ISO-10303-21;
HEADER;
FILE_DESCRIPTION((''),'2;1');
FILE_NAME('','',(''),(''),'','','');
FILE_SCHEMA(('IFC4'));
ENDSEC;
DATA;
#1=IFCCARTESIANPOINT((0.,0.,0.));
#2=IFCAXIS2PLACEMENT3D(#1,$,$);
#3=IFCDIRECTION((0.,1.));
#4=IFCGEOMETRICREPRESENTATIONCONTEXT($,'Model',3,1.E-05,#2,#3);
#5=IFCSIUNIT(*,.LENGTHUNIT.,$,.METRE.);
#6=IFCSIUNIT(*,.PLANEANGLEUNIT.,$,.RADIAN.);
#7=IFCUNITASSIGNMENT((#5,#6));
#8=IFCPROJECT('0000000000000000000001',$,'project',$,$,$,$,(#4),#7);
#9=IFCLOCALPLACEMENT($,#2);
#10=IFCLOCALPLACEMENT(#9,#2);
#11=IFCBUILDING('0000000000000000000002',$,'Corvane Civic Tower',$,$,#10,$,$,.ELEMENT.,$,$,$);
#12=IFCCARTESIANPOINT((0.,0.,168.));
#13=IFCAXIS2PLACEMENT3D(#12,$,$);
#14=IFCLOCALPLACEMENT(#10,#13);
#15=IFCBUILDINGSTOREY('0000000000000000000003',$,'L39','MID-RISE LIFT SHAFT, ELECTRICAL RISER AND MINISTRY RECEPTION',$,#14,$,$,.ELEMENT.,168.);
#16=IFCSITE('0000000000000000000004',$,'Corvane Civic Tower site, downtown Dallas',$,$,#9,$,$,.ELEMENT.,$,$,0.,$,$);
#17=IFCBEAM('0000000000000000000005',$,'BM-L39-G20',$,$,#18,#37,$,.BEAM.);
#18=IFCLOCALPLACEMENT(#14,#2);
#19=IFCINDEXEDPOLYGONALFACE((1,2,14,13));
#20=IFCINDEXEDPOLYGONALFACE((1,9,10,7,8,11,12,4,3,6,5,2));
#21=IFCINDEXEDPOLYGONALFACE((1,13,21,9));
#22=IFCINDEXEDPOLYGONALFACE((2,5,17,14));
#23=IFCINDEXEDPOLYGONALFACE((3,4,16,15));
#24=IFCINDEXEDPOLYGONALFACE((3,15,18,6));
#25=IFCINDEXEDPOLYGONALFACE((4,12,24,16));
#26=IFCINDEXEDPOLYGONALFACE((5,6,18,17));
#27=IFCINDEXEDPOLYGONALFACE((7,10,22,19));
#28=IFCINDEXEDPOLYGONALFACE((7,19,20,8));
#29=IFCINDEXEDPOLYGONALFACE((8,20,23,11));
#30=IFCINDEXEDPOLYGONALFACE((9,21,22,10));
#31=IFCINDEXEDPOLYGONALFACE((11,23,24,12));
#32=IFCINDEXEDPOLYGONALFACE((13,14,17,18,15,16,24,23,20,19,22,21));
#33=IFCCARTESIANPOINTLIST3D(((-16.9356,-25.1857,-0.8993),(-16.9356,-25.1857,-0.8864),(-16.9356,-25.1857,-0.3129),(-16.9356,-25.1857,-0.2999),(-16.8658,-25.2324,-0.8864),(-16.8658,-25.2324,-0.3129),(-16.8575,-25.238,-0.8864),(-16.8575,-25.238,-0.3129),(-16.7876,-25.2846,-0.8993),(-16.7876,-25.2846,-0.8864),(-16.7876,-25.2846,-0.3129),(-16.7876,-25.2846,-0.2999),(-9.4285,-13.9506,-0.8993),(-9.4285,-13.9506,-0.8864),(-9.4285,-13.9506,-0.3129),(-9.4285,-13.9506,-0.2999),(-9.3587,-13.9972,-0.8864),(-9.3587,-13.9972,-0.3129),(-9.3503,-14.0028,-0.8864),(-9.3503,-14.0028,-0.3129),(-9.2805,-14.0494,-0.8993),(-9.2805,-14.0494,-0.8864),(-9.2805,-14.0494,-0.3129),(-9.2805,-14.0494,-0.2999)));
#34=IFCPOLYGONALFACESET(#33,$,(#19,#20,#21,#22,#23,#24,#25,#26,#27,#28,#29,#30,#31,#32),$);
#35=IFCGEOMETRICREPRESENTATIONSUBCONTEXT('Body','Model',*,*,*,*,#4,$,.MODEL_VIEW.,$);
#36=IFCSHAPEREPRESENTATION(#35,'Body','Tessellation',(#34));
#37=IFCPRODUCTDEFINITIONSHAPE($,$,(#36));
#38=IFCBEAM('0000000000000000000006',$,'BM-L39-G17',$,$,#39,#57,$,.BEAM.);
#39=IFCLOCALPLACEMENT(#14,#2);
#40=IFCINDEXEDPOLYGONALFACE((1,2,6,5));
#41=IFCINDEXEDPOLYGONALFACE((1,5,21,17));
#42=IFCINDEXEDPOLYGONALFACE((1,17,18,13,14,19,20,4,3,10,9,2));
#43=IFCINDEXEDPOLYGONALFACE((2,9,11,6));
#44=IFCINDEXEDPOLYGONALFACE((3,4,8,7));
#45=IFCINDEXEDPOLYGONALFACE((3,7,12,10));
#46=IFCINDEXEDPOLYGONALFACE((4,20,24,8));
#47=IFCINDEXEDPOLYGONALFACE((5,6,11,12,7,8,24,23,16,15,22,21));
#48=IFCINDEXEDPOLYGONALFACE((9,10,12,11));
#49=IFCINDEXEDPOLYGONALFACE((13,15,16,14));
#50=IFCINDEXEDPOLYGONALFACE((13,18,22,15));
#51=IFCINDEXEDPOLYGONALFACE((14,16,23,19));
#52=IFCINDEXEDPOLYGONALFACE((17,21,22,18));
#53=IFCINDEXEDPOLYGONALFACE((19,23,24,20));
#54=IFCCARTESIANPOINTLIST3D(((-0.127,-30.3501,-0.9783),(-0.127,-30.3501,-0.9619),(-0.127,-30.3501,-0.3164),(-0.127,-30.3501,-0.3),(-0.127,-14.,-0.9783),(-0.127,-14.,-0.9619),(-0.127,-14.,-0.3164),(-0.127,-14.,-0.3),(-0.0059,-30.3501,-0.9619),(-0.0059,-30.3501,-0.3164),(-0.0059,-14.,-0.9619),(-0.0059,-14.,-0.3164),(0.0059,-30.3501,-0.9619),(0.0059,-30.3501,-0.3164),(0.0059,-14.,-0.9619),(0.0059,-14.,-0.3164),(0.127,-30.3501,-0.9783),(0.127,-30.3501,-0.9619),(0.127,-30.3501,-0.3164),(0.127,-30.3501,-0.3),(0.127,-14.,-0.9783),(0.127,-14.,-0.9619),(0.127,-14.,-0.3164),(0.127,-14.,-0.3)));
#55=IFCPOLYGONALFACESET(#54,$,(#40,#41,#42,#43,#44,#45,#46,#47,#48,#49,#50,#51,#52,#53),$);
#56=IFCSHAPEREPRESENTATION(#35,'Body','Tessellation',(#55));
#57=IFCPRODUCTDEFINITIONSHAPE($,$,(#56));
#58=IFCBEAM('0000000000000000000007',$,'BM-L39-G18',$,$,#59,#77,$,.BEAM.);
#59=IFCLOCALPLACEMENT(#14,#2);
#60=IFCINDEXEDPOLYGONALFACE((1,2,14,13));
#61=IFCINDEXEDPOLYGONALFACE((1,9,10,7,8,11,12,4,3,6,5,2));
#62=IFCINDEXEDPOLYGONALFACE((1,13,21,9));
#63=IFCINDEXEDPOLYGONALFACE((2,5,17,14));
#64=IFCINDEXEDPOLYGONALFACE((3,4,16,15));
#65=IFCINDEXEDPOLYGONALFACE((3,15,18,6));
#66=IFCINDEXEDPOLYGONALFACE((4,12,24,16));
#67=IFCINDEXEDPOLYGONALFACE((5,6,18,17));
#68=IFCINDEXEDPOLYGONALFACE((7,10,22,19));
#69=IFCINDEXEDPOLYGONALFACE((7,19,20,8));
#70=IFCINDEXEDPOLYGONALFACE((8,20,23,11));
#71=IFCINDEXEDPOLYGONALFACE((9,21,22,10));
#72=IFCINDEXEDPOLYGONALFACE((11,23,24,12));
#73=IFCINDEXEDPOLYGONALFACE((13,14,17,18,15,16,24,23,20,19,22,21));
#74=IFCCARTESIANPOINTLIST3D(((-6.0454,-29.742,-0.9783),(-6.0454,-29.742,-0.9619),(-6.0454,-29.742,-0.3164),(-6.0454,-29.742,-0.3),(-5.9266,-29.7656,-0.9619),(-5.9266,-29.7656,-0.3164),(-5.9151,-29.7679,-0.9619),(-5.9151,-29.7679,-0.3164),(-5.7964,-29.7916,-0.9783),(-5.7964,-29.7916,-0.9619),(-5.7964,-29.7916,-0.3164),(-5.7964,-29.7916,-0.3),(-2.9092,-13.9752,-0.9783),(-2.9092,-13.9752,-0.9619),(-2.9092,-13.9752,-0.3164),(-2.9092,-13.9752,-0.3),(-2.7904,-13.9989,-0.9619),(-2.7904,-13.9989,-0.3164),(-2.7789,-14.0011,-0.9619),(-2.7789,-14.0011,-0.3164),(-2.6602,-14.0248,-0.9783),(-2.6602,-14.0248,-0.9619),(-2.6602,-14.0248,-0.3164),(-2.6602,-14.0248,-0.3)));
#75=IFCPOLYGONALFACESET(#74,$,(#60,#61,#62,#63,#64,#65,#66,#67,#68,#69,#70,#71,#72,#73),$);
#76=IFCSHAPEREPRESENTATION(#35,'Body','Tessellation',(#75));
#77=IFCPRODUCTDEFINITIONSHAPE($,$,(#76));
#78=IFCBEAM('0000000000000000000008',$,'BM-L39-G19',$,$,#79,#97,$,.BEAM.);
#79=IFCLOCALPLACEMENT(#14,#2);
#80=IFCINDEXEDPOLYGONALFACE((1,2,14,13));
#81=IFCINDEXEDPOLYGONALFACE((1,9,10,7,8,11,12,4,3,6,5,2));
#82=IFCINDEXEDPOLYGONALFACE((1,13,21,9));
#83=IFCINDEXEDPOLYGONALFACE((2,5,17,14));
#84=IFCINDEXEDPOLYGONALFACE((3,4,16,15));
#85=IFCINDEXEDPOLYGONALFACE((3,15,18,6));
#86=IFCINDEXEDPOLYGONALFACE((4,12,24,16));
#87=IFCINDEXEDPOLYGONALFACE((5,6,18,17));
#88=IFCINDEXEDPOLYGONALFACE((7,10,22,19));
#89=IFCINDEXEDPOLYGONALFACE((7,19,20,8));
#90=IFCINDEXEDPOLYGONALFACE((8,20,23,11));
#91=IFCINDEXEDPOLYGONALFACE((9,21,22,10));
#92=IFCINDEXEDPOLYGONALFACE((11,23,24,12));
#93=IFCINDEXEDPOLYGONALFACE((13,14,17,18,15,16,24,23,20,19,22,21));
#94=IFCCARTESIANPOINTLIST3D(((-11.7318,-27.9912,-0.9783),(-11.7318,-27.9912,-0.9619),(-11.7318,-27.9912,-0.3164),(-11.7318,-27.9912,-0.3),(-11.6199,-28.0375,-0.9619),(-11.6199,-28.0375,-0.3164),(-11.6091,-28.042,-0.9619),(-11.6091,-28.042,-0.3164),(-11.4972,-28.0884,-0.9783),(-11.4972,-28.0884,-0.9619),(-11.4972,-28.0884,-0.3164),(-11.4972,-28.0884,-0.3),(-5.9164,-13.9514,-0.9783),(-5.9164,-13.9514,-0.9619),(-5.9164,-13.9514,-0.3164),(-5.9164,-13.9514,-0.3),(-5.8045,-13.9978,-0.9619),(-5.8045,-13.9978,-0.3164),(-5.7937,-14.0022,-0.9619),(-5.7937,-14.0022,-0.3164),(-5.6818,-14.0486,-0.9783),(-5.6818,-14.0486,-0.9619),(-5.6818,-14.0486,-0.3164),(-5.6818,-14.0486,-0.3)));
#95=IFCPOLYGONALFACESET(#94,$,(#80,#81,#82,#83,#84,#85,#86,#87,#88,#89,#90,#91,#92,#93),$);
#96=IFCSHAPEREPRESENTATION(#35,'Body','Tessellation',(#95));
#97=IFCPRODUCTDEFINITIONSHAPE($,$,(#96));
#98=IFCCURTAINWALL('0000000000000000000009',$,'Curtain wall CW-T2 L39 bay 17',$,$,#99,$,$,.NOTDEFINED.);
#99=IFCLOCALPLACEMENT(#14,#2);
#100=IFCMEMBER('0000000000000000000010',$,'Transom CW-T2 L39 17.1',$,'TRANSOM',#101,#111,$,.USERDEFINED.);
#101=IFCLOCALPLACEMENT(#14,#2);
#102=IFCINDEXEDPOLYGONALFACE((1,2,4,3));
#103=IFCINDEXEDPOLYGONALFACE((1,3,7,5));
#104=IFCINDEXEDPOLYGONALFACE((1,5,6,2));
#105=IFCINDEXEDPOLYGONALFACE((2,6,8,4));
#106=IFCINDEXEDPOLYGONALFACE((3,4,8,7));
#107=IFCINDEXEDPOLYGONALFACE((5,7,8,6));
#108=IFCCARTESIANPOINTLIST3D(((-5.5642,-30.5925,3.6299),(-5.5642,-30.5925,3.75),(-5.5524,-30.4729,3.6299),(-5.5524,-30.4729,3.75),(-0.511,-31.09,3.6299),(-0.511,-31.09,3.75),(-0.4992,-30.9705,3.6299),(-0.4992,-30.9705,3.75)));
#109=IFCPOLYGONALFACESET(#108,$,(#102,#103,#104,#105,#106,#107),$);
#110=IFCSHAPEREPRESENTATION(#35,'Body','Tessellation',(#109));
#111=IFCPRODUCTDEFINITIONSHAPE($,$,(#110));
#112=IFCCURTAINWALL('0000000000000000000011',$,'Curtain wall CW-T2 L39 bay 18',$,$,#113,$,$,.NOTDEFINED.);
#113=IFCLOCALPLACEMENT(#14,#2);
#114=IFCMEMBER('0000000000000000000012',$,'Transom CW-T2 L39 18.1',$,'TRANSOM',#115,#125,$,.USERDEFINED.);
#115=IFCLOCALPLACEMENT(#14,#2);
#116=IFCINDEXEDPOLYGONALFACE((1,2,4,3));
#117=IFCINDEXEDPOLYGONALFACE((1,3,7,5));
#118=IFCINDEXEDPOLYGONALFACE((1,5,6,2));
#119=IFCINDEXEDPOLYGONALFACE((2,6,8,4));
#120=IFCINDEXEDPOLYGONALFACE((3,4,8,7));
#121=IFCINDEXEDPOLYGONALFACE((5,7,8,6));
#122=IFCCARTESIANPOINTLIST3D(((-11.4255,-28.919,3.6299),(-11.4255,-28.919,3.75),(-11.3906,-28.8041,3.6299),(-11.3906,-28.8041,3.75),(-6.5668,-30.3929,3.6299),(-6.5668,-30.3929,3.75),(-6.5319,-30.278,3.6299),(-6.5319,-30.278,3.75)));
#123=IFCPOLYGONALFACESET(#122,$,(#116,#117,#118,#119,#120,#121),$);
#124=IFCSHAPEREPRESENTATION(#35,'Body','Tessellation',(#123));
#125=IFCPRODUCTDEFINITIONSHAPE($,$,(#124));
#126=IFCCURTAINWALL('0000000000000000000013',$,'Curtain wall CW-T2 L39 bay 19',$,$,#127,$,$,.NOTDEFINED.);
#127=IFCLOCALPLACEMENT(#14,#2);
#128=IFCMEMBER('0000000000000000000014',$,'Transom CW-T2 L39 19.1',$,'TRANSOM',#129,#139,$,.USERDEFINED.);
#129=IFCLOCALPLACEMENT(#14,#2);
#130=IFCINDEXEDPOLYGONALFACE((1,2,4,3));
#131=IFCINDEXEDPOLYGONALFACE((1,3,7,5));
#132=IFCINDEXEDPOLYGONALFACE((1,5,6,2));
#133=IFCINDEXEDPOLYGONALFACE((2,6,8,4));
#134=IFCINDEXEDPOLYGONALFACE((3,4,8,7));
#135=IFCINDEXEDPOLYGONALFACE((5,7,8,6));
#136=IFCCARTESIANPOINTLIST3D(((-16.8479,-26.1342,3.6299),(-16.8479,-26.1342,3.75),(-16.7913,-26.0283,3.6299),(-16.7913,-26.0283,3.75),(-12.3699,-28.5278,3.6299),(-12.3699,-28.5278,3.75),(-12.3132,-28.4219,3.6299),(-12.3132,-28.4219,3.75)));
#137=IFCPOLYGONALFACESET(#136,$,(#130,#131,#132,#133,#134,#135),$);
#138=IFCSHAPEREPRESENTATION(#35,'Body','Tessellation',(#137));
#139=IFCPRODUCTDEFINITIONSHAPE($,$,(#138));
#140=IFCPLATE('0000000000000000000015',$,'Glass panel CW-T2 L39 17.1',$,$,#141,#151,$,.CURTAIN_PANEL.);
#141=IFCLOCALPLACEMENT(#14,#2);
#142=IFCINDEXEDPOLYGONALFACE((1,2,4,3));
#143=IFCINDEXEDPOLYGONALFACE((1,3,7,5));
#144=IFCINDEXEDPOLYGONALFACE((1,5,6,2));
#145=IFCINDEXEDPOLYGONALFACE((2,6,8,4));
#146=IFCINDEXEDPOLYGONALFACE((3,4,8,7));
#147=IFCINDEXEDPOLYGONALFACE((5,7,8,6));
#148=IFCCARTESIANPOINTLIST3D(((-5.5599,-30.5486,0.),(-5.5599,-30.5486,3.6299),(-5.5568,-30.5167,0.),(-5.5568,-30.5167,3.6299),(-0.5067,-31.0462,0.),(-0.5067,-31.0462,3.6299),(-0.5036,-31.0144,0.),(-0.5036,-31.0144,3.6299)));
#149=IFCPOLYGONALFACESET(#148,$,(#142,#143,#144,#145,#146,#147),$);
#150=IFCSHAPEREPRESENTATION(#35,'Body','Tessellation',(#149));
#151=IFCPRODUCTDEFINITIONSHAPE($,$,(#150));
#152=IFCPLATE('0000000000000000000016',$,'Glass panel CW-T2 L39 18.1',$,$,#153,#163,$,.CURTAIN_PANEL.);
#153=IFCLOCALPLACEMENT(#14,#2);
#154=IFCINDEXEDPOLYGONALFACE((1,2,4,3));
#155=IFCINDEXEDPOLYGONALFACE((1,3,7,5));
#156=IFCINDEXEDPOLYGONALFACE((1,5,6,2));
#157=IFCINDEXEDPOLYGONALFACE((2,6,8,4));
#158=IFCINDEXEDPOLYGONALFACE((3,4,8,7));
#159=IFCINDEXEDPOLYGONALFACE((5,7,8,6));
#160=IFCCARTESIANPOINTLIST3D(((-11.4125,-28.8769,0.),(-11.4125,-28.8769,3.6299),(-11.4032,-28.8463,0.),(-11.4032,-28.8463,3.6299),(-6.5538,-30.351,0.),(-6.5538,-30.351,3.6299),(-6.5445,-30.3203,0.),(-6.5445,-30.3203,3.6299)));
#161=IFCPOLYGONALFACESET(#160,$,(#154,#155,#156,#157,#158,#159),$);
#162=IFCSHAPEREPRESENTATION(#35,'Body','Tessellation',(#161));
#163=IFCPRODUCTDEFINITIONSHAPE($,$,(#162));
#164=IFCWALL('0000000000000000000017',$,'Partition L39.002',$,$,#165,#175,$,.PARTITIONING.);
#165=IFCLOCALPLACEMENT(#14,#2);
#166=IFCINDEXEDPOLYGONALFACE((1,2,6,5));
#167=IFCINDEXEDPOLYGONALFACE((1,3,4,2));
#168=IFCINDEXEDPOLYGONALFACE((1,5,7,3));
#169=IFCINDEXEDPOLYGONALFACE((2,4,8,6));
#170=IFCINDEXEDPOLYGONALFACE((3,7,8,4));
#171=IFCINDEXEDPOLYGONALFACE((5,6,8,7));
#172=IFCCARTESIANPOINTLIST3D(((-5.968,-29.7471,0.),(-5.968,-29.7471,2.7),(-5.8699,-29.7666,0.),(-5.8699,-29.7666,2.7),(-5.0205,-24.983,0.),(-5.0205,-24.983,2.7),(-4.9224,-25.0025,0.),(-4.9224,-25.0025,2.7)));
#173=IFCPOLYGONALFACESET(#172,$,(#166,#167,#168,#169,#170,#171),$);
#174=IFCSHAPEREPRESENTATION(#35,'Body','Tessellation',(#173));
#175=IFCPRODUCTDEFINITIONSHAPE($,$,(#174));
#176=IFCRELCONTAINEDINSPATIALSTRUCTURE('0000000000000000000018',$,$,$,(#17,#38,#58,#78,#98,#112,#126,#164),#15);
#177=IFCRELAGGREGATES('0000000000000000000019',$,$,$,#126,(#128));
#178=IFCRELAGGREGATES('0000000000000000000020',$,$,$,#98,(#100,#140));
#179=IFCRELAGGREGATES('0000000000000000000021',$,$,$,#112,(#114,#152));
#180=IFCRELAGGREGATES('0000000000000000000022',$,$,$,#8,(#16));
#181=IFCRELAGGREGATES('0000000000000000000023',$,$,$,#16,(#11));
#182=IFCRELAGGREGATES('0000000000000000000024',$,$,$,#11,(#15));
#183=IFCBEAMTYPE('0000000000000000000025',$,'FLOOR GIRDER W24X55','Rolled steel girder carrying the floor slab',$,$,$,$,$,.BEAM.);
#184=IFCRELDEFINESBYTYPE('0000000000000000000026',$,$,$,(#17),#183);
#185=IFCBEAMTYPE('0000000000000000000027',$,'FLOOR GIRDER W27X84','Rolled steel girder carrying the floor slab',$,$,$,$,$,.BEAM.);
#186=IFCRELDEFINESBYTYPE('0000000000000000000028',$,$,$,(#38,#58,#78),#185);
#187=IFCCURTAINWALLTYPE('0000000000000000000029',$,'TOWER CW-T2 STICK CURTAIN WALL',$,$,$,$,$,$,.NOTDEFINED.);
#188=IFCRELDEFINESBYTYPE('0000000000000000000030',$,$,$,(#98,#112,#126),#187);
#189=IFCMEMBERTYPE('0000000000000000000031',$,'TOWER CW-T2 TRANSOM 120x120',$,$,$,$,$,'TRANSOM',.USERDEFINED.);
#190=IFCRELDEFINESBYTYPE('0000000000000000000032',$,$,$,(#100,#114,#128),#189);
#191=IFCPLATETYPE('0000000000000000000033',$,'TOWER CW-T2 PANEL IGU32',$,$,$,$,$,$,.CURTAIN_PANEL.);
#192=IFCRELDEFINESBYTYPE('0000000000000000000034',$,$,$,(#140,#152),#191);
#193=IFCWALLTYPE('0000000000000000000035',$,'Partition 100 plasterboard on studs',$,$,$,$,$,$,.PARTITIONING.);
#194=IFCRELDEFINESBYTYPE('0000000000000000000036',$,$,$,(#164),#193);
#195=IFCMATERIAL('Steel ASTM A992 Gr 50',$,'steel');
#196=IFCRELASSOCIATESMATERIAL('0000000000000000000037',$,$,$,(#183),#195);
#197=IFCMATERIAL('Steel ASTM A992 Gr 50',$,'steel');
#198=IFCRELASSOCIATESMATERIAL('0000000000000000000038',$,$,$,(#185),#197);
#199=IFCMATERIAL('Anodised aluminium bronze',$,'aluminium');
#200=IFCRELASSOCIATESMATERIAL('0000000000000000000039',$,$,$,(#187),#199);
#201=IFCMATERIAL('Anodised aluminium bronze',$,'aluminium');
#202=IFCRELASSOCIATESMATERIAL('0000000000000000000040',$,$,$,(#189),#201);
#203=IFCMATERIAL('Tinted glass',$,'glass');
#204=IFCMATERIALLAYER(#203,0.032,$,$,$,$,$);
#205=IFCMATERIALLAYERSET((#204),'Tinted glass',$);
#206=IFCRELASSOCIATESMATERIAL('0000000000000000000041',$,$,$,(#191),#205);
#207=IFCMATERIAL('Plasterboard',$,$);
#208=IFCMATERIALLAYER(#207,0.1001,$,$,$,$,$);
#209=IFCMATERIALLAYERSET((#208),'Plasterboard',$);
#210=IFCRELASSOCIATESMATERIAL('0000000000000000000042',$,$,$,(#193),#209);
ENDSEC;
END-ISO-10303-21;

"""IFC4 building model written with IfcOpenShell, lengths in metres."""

from ifc_helpers import new_model, si_unit, direction, frame, frame_2d, origin, origin_2d, place, context, subcontext, project, spatial, rectangle, i_section, extrude, material, layer, layer_set, material_profile, profile_set, type_object, element, aggregate, save


model = new_model("IFC4")

# Units and contexts
model_context = context("Model", 3, precision=1e-05, world=origin(), true_north=direction((0.0, 1.0)))
body_context = subcontext(model_context, "Body", "Model", "MODEL_VIEW")
ifc_project = project(units=[si_unit("LENGTHUNIT", "METRE"), si_unit("PLANEANGLEUNIT", "RADIAN")], contexts=[model_context])

# Site, building, storey
site_placement = place(None, origin())
site = spatial("IfcSite", under=ifc_project, at=site_placement, Name="Corvane Civic Tower site, downtown Dallas", CompositionType="ELEMENT", RefElevation=0.0)
building_placement = place(site_placement, origin())
building = spatial("IfcBuilding", under=site, at=building_placement, Name="Corvane Civic Tower", CompositionType="ELEMENT")
storey_placement = place(building_placement, frame((0.0, 0.0, 168.0)))
storey = spatial("IfcBuildingStorey", under=building, at=storey_placement, Name="L39", Description="MID-RISE LIFT SHAFT, ELECTRICAL RISER AND MINISTRY RECEPTION", CompositionType="ELEMENT", Elevation=168.0)

# Beams
ifc_material_1 = material(Name="Steel ASTM A992 Gr 50", Category="steel")
ifc_material_profile_1 = material_profile(ifc_material_1, i_section(OverallWidth=0.178, OverallDepth=0.5994, WebThickness=0.01, FlangeThickness=0.0129, at=origin_2d()), Name="W24X55")
ifc_profile_set_1 = profile_set([ifc_material_profile_1], Name="Steel ASTM A992 Gr 50")
beam_type_1 = type_object("IfcBeamType", Name="FLOOR GIRDER W24X55", Description="Rolled steel girder carrying the floor slab", PredefinedType="BEAM", material=ifc_profile_set_1)
beam_1_placement = place(storey_placement, frame((-9.3545, -14.0, -0.5996), z_axis=(-0.555571, -0.831469, 0.0), x_axis=(0.831469, -0.555571, 0.0)))
element("IfcBeam", 1, at=beam_1_placement, inside=storey, type_object=beam_type_1, Name="BM-L39-G20", PredefinedType="BEAM", context=body_context, shape_type="SweptSolid", body=[
    extrude(i_section(OverallWidth=0.178, OverallDepth=0.5994, WebThickness=0.01, FlangeThickness=0.0129, at=origin_2d()), origin(), (0.0, 0.0, 1.0), 13.5125),
])
ifc_material_2 = material(Name="Steel ASTM A992 Gr 50", Category="steel")
ifc_material_profile_2 = material_profile(ifc_material_2, i_section(OverallWidth=0.2539, OverallDepth=0.6782, WebThickness=0.0117, FlangeThickness=0.0164, at=origin_2d()), Name="W27X84")
ifc_profile_set_2 = profile_set([ifc_material_profile_2], Name="Steel ASTM A992 Gr 50")
beam_type_2 = type_object("IfcBeamType", Name="FLOOR GIRDER W27X84", Description="Rolled steel girder carrying the floor slab", PredefinedType="BEAM", material=ifc_profile_set_2)
beam_2_placement = place(storey_placement, frame((0.0, -14.0, -0.6392), z_axis=(0.0, -1.0, 0.0), x_axis=(1.0, 0.0, 0.0)))
element("IfcBeam", 2, at=beam_2_placement, inside=storey, type_object=beam_type_2, Name="BM-L39-G17", PredefinedType="BEAM", context=body_context, shape_type="SweptSolid", body=[
    extrude(i_section(OverallWidth=0.2539, OverallDepth=0.6782, WebThickness=0.0117, FlangeThickness=0.0164, at=origin_2d()), origin(), (0.0, 0.0, 1.0), 16.3501),
])
beam_3_placement = place(storey_placement, frame((-2.7847, -14.0, -0.6392), z_axis=(-0.195091, -0.980785, 0.0), x_axis=(0.980785, -0.195091, 0.0)))
element("IfcBeam", 3, at=beam_3_placement, inside=storey, type_object=beam_type_2, Name="BM-L39-G18", PredefinedType="BEAM", context=body_context, shape_type="SweptSolid", body=[
    extrude(i_section(OverallWidth=0.2539, OverallDepth=0.6782, WebThickness=0.0117, FlangeThickness=0.0164, at=origin_2d()), origin(), (0.0, 0.0, 1.0), 16.0757),
])
beam_4_placement = place(storey_placement, frame((-5.7991, -14.0, -0.6392), z_axis=(-0.382681, -0.923881, 0.0), x_axis=(0.923881, -0.382681, 0.0)))
element("IfcBeam", 4, at=beam_4_placement, inside=storey, type_object=beam_type_2, Name="BM-L39-G19", PredefinedType="BEAM", context=body_context, shape_type="SweptSolid", body=[
    extrude(i_section(OverallWidth=0.2539, OverallDepth=0.6782, WebThickness=0.0117, FlangeThickness=0.0164, at=origin_2d()), origin(), (0.0, 0.0, 1.0), 15.1965),
])

# Curtain walls, members
ifc_material_3 = material(Name="Anodised aluminium bronze", Category="aluminium")
curtain_wall_type = type_object("IfcCurtainWallType", Name="TOWER CW-T2 STICK CURTAIN WALL", PredefinedType="NOTDEFINED", material=ifc_material_3)
curtain_wall_1_placement = place(storey_placement, origin())
curtain_wall_1 = element("IfcCurtainWall", 5, at=curtain_wall_1_placement, inside=storey, type_object=curtain_wall_type, Name="Curtain wall CW-T2 L39 bay 17", PredefinedType="NOTDEFINED")
ifc_material_4 = material(Name="Anodised aluminium bronze", Category="aluminium")
ifc_material_profile_3 = material_profile(ifc_material_4, rectangle(XDim=0.1201, YDim=0.1201, at=origin_2d()), Name="TOWER CW-T2 TRANSOM 120x120")
ifc_profile_set_3 = profile_set([ifc_material_profile_3], Name="Anodised aluminium bronze")
member_type = type_object("IfcMemberType", Name="TOWER CW-T2 TRANSOM 120x120", ElementType="TRANSOM", PredefinedType="USERDEFINED", material=ifc_profile_set_3)
member_1_placement = place(storey_placement, frame((-0.5051, -31.0303, 3.6899), z_axis=(-0.995187, 0.09799, 0.0), x_axis=(-0.09799, -0.995187, 0.0)))
member_1 = element("IfcMember", 6, at=member_1_placement, type_object=member_type, Name="Transom CW-T2 L39 17.1", ObjectType="TRANSOM", PredefinedType="USERDEFINED", context=body_context, shape_type="SweptSolid", body=[
    extrude(rectangle(XDim=0.1201, YDim=0.1201, at=origin_2d()), origin(), (0.0, 0.0, 1.0), 5.0776),
])
curtain_wall_2_placement = place(storey_placement, origin())
curtain_wall_2 = element("IfcCurtainWall", 7, at=curtain_wall_2_placement, inside=storey, type_object=curtain_wall_type, Name="Curtain wall CW-T2 L39 bay 18", PredefinedType="NOTDEFINED")
member_2_placement = place(storey_placement, frame((-6.5493, -30.3354, 3.6899), z_axis=(-0.956939, 0.290289, 0.0), x_axis=(-0.290289, -0.956939, 0.0)))
member_2 = element("IfcMember", 8, at=member_2_placement, type_object=member_type, Name="Transom CW-T2 L39 18.1", ObjectType="TRANSOM", PredefinedType="USERDEFINED", context=body_context, shape_type="SweptSolid", body=[
    extrude(rectangle(XDim=0.1201, YDim=0.1201, at=origin_2d()), origin(), (0.0, 0.0, 1.0), 5.0774),
])
curtain_wall_3_placement = place(storey_placement, origin())
curtain_wall_3 = element("IfcCurtainWall", 9, at=curtain_wall_3_placement, inside=storey, type_object=curtain_wall_type, Name="Curtain wall CW-T2 L39 bay 19", PredefinedType="NOTDEFINED")
member_3_placement = place(storey_placement, frame((-12.3416, -28.4749, 3.6899), z_axis=(-0.881921, 0.471397, 0.0), x_axis=(-0.471397, -0.881921, 0.0)))
member_3 = element("IfcMember", 10, at=member_3_placement, type_object=member_type, Name="Transom CW-T2 L39 19.1", ObjectType="TRANSOM", PredefinedType="USERDEFINED", context=body_context, shape_type="SweptSolid", body=[
    extrude(rectangle(XDim=0.1201, YDim=0.1201, at=origin_2d()), origin(), (0.0, 0.0, 1.0), 5.0776),
])
aggregate(curtain_wall_3, [member_3])

# Plates
ifc_material_5 = material(Name="Tinted glass", Category="glass")
ifc_layer_1 = layer(ifc_material_5, 0.032)
ifc_layer_set_1 = layer_set([ifc_layer_1], Name="Tinted glass")
plate_type = type_object("IfcPlateType", Name="TOWER CW-T2 PANEL IGU32", PredefinedType="CURTAIN_PANEL", material=ifc_layer_set_1)
plate_1_placement = place(storey_placement, frame((-3.0317, -30.7815, 0.0), z_axis=(0.0, 0.0, 1.0), x_axis=(-0.995185, 0.098012, 0.0)))
plate_1 = element("IfcPlate", 11, at=plate_1_placement, type_object=plate_type, Name="Glass panel CW-T2 L39 17.1", PredefinedType="CURTAIN_PANEL", context=body_context, shape_type="SweptSolid", body=[
    extrude(rectangle(XDim=5.0776, YDim=0.032, at=origin_2d()), origin(), (0.0, 0.0, 1.0), 3.6299),
])
aggregate(curtain_wall_1, [member_1, plate_1])
plate_2_placement = place(storey_placement, frame((-8.9785, -29.5986, 0.0), z_axis=(0.0, 0.0, 1.0), x_axis=(-0.956932, 0.290313, 0.0)))
plate_2 = element("IfcPlate", 12, at=plate_2_placement, type_object=plate_type, Name="Glass panel CW-T2 L39 18.1", PredefinedType="CURTAIN_PANEL", context=body_context, shape_type="SweptSolid", body=[
    extrude(rectangle(XDim=5.0774, YDim=0.032, at=origin_2d()), origin(), (0.0, 0.0, 1.0), 3.6299),
])
aggregate(curtain_wall_2, [member_2, plate_2])

# Wall
ifc_material_6 = material(Name="Plasterboard")
ifc_layer_2 = layer(ifc_material_6, 0.1001)
ifc_layer_set_2 = layer_set([ifc_layer_2], Name="Plasterboard")
wall_type = type_object("IfcWallType", Name="Partition 100 plasterboard on studs", PredefinedType="PARTITIONING", material=ifc_layer_set_2)
wall_1_placement = place(storey_placement, frame((-5.9189, -29.7568, 0.0), z_axis=(0.0, 0.0, 1.0), x_axis=(0.195062, 0.980791, 0.0)))
element("IfcWall", 13, at=wall_1_placement, inside=storey, type_object=wall_type, Name="Partition L39.002", PredefinedType="PARTITIONING", context=body_context, shape_type="SweptSolid", body=[
    extrude(rectangle(XDim=4.8574, YDim=0.1001, at=frame_2d((2.4287, 0.0))), origin(), (0.0, 0.0, 1.0), 2.7),
])

save(model, "model.ifc")
